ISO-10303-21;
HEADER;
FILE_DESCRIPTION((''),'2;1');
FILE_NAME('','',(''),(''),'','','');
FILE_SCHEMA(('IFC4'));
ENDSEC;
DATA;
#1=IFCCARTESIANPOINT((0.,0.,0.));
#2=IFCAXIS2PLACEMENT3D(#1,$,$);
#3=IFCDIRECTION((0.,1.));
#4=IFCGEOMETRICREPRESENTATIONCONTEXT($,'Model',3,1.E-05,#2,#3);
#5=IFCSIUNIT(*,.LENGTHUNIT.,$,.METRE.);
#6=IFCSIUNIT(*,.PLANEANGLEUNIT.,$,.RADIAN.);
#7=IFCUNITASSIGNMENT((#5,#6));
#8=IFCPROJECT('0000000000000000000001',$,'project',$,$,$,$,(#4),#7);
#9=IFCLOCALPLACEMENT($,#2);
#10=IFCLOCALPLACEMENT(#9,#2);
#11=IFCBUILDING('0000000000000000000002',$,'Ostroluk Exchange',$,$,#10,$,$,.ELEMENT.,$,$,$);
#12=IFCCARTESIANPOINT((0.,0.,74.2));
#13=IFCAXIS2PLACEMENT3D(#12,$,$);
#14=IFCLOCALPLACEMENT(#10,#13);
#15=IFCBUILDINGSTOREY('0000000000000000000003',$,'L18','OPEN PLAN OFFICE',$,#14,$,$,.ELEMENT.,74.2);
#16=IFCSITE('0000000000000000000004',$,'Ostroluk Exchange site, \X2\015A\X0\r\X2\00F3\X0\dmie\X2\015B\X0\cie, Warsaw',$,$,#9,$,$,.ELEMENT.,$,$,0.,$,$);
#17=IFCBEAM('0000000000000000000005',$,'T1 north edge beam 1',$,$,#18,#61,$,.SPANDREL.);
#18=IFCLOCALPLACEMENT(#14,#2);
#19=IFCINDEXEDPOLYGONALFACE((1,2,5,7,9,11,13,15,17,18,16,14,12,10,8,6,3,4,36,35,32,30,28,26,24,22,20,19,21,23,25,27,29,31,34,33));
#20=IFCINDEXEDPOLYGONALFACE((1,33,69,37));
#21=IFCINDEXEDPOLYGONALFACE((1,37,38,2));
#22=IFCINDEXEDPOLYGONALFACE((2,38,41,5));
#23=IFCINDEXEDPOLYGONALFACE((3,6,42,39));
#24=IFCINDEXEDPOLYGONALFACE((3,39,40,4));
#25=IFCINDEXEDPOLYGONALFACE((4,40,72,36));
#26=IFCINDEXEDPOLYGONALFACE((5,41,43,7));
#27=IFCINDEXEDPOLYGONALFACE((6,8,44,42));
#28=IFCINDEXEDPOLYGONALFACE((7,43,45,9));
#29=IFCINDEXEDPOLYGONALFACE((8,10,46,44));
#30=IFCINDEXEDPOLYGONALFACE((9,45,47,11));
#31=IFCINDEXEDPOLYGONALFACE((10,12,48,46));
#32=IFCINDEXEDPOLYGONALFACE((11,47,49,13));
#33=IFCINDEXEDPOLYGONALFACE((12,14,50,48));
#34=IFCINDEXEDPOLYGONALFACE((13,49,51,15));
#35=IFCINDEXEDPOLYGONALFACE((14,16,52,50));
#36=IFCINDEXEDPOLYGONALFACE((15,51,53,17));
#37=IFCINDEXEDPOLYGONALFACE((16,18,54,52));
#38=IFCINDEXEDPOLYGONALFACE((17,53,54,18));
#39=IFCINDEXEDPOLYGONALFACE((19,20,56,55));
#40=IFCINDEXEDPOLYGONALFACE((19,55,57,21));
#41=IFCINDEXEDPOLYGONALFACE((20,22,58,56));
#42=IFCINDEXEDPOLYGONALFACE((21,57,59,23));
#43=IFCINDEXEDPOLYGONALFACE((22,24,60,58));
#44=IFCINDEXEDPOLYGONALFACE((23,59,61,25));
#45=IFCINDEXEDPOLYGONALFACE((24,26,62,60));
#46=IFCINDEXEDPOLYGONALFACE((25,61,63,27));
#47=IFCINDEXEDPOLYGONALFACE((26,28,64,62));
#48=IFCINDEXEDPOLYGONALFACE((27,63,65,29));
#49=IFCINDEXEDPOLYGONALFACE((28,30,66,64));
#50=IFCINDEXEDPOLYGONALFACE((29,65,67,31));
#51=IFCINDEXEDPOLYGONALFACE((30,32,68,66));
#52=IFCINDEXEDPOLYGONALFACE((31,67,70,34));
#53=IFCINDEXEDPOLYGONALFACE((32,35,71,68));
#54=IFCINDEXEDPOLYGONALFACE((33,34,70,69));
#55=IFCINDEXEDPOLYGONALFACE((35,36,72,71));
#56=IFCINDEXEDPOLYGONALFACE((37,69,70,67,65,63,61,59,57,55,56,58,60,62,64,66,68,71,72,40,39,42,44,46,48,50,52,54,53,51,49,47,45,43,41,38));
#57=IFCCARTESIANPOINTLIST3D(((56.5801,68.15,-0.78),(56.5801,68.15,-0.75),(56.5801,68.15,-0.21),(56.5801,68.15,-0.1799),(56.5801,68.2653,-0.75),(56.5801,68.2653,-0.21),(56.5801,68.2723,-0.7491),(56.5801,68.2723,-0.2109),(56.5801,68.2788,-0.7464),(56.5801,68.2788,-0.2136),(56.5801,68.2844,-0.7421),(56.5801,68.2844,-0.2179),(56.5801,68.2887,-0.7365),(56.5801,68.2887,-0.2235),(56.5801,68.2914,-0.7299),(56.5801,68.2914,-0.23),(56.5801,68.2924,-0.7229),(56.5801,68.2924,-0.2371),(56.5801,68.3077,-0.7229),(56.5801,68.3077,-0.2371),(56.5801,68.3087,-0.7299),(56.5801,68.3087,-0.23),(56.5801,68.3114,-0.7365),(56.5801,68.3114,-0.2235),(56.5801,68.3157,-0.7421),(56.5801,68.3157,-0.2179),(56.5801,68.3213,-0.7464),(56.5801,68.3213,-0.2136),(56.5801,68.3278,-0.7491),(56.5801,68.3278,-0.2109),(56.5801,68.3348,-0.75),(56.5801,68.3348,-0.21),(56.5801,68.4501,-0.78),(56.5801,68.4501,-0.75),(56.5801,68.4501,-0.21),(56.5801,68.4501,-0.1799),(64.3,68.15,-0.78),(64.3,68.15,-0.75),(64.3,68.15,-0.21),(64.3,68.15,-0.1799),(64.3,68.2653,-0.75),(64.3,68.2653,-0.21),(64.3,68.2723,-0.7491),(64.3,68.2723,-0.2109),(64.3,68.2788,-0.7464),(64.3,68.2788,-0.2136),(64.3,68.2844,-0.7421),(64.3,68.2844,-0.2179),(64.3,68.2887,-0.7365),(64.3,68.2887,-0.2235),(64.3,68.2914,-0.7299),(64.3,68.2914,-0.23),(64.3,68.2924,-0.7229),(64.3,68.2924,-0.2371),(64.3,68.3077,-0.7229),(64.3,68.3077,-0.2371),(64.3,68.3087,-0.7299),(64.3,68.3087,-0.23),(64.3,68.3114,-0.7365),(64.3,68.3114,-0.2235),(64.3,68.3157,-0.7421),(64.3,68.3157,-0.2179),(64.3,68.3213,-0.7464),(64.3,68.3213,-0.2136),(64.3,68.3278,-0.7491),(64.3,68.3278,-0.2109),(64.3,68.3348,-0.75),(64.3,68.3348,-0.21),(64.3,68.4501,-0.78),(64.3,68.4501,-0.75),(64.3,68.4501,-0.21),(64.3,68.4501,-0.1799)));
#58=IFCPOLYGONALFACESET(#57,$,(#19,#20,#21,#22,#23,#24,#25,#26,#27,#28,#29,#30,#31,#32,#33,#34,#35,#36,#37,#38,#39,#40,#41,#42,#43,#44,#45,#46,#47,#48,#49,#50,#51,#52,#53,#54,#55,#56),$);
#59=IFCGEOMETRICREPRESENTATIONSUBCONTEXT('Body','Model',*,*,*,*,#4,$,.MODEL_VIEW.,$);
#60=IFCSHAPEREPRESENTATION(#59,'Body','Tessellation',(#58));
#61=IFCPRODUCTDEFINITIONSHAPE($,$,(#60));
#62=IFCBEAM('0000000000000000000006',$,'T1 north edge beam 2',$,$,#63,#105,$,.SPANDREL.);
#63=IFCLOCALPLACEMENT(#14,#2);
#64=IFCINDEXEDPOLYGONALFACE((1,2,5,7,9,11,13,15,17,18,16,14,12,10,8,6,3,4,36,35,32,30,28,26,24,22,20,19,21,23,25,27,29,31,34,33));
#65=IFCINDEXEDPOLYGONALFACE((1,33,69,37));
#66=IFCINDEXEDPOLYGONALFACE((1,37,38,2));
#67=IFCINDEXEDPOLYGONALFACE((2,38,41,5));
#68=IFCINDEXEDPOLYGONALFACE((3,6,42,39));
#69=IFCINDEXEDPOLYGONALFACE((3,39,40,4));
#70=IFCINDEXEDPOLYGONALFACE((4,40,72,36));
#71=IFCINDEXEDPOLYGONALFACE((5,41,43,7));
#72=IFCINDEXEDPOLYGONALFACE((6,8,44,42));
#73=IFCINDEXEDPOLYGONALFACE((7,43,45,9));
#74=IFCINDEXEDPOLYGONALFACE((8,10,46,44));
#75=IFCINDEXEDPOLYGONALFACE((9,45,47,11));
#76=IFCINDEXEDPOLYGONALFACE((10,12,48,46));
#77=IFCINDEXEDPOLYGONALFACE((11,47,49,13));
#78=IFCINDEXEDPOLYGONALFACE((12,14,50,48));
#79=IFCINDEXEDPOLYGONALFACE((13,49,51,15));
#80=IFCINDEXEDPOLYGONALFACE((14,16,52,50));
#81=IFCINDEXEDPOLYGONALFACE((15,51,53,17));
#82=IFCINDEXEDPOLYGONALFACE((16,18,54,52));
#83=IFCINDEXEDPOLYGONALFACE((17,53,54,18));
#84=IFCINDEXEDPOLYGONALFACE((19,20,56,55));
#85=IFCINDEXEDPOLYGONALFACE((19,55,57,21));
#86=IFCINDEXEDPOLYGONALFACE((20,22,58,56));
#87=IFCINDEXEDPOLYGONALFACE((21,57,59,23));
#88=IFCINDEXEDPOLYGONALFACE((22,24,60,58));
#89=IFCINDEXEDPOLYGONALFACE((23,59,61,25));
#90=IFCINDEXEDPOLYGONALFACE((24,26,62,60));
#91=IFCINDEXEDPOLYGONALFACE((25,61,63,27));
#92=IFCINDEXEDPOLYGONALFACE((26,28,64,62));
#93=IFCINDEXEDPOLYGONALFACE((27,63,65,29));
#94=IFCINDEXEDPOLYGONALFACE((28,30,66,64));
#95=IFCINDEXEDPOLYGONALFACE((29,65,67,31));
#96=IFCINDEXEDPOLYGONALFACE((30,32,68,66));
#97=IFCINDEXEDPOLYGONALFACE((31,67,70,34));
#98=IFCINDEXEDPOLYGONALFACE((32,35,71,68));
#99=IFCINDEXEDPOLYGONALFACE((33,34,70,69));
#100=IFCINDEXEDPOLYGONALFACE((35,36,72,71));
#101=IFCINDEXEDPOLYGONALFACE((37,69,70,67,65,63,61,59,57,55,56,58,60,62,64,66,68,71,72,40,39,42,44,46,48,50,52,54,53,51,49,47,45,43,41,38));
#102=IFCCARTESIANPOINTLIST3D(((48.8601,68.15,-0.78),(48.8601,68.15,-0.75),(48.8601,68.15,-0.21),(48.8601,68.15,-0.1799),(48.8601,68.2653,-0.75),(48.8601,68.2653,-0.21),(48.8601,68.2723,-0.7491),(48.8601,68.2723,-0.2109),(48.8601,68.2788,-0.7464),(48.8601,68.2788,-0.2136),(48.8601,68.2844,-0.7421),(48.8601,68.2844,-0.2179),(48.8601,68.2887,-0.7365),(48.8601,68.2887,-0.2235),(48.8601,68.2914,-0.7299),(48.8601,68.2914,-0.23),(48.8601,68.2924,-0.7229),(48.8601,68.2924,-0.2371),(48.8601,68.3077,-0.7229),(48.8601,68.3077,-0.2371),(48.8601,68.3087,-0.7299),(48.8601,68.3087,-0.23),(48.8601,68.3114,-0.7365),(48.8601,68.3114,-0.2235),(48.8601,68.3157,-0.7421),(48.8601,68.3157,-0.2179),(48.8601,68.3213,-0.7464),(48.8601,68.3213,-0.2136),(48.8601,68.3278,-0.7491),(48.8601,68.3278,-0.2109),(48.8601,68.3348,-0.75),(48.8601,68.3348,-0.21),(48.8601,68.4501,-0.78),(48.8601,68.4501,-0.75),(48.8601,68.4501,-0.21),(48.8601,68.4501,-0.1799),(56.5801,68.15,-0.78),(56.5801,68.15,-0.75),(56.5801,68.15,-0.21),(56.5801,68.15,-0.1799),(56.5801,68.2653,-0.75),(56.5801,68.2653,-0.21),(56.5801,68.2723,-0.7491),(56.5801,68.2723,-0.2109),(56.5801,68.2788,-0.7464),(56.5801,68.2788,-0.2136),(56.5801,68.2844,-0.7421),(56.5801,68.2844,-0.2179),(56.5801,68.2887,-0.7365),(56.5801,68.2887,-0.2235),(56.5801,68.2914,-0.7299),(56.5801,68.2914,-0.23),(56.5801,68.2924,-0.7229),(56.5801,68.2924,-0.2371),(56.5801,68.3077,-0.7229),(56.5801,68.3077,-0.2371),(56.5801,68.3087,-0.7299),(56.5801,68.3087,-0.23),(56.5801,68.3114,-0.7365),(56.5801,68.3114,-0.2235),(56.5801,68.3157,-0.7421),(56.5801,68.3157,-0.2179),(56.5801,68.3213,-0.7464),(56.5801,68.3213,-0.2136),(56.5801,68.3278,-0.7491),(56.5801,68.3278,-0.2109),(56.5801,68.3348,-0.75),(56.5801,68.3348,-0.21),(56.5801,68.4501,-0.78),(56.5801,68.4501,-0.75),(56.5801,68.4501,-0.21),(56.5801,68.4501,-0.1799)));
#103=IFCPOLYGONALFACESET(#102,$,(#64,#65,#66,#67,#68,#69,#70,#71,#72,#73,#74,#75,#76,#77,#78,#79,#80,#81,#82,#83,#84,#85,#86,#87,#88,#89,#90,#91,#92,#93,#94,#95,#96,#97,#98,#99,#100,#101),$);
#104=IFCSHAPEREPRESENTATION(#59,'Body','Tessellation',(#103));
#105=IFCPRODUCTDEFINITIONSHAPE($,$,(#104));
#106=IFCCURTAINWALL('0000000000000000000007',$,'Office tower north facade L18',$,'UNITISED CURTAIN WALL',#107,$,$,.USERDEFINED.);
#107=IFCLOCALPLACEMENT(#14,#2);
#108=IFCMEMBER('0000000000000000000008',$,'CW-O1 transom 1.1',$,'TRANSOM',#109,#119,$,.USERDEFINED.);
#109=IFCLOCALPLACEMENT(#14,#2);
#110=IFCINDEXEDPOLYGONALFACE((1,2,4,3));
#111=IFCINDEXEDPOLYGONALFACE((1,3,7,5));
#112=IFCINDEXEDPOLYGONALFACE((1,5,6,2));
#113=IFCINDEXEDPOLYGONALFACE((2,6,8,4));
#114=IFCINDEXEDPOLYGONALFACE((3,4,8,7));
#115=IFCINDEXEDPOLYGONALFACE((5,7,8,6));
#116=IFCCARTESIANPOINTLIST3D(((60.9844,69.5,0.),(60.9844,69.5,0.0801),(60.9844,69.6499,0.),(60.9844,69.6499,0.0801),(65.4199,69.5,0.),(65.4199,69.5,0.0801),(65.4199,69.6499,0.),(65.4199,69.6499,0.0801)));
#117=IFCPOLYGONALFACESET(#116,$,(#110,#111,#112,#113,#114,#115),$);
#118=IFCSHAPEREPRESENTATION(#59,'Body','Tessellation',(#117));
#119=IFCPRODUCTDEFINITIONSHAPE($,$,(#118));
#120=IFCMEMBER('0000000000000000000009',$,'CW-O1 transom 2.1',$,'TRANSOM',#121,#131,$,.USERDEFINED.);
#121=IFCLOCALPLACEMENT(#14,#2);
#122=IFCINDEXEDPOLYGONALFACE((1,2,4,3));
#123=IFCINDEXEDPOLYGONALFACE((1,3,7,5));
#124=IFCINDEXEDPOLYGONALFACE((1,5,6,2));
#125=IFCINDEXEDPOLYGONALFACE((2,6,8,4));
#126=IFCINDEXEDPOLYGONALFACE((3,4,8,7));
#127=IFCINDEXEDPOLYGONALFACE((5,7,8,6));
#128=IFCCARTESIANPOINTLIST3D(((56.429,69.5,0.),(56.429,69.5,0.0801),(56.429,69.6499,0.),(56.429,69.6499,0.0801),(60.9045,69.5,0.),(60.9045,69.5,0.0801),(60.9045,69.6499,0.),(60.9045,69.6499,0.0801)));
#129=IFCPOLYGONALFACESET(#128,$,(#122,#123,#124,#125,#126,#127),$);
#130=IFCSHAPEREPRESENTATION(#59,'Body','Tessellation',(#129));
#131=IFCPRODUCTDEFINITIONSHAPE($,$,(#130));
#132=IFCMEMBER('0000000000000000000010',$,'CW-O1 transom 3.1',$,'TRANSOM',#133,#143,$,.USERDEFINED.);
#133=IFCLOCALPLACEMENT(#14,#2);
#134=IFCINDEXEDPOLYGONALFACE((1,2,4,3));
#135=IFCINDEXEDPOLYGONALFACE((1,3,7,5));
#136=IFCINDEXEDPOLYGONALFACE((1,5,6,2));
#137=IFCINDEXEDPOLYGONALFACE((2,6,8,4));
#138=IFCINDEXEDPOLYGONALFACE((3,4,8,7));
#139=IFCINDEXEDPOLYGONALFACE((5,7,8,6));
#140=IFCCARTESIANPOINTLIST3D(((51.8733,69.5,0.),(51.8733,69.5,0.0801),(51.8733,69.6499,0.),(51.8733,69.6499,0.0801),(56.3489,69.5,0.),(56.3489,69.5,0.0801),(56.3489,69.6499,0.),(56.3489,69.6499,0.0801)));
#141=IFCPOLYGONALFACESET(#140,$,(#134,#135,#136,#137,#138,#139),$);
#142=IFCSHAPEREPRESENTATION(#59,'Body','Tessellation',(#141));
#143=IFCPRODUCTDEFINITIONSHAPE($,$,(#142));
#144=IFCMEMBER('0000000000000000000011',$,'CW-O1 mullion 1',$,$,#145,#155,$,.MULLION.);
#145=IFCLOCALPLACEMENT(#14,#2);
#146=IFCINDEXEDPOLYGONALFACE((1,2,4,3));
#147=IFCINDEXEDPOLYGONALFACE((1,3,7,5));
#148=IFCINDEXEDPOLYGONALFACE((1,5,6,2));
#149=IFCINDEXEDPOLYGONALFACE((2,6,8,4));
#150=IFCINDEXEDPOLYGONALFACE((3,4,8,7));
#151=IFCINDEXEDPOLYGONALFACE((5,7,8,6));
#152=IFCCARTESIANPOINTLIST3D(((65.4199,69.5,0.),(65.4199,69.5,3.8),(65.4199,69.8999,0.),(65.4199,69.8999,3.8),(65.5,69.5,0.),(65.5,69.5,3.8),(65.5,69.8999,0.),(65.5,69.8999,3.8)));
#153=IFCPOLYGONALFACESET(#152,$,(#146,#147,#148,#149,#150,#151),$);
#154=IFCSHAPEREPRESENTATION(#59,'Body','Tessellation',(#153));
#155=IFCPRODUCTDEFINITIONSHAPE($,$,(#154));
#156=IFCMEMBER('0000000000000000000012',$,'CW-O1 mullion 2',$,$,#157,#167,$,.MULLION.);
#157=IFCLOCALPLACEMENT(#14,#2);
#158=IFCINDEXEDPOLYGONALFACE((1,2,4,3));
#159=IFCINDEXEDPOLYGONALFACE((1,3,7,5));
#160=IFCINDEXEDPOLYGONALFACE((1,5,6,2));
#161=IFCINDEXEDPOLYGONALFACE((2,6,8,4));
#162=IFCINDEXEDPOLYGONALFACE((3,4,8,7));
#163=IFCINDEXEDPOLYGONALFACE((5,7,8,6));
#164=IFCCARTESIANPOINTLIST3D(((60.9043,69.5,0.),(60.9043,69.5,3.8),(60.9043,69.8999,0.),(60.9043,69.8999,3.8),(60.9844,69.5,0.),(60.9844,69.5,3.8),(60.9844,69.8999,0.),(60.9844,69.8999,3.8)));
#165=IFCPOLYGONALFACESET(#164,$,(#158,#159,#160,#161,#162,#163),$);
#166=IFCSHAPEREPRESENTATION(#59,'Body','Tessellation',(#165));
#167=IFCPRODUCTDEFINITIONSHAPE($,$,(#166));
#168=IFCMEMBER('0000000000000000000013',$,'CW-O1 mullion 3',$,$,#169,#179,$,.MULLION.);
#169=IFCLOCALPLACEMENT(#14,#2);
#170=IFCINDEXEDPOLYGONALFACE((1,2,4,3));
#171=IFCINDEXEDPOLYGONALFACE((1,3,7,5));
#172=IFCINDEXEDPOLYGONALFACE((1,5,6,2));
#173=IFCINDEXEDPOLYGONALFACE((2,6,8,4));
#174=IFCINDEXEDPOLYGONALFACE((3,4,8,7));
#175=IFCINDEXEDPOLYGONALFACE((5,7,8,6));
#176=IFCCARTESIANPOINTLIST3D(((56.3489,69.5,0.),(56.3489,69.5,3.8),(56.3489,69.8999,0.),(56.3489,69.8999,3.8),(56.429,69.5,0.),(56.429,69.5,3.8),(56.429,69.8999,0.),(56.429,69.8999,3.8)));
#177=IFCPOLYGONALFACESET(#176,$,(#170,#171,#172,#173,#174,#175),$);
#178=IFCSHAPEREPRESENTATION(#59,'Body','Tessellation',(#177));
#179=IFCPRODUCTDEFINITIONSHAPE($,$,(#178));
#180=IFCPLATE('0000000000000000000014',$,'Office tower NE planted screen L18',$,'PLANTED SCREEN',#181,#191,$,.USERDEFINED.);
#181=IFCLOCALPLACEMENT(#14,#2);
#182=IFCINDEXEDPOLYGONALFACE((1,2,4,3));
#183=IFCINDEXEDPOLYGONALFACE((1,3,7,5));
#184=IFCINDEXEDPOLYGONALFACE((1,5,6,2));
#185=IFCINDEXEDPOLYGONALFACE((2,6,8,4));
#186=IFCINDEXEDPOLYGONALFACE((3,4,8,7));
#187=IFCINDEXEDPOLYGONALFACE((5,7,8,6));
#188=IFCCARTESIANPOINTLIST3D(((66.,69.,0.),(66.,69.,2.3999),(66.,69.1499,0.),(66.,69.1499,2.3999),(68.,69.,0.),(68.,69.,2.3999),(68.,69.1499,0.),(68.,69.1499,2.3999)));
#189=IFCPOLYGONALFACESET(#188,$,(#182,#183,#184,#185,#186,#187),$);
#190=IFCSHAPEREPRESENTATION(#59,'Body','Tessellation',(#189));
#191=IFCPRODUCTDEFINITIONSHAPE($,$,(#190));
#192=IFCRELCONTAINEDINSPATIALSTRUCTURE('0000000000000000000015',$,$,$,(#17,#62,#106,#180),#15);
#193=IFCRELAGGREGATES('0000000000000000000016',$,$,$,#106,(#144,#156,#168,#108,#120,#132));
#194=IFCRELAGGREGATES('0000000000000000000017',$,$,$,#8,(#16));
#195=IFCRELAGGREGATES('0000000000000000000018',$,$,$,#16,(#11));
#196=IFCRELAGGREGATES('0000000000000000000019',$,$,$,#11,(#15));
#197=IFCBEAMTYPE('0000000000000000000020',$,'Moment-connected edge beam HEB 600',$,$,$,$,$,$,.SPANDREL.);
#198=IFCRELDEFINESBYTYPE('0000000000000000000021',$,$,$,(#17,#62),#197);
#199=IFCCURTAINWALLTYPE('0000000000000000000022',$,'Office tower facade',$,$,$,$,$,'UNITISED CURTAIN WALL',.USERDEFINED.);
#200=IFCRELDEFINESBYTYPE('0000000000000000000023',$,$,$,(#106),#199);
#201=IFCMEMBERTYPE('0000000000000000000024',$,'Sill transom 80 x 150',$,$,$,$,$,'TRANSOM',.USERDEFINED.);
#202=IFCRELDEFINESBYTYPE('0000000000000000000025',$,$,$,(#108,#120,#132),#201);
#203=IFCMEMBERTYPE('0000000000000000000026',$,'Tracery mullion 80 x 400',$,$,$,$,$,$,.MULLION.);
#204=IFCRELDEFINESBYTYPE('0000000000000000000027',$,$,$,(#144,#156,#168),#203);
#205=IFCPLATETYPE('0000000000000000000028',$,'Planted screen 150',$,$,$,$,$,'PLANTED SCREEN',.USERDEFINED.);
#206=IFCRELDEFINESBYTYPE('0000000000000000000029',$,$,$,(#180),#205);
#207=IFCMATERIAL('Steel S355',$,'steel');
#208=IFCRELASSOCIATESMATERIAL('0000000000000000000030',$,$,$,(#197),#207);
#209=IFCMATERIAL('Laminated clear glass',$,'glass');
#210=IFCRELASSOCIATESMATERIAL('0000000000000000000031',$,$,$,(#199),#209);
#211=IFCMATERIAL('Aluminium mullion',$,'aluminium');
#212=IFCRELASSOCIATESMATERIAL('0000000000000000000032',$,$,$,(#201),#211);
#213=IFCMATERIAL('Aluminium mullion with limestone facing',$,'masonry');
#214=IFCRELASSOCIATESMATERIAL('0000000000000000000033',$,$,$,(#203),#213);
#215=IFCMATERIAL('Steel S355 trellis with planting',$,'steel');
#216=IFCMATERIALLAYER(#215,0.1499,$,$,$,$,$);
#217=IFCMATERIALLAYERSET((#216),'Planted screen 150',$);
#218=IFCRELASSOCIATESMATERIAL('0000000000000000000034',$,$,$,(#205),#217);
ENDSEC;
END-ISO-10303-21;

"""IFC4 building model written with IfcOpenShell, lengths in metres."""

from ifc_helpers import new_model, si_unit, direction, frame, origin, origin_2d, place, context, subcontext, project, spatial, rectangle, i_section, extrude, material, layer, layer_set, material_profile, profile_set, type_object, element, aggregate, save


model = new_model("IFC4")

# Units and contexts
model_context = context("Model", 3, precision=1e-05, world=origin(), true_north=direction((0.0, 1.0)))
body_context = subcontext(model_context, "Body", "Model", "MODEL_VIEW")
ifc_project = project(units=[si_unit("LENGTHUNIT", "METRE"), si_unit("PLANEANGLEUNIT", "RADIAN")], contexts=[model_context])

# Site, building, storey
site_placement = place(None, origin())
site = spatial("IfcSite", under=ifc_project, at=site_placement, Name="Ostroluk Exchange site, Śródmieście, Warsaw", CompositionType="ELEMENT", RefElevation=0.0)
building_placement = place(site_placement, origin())
building = spatial("IfcBuilding", under=site, at=building_placement, Name="Ostroluk Exchange", CompositionType="ELEMENT")
storey_placement = place(building_placement, frame((0.0, 0.0, 74.2)))
storey = spatial("IfcBuildingStorey", under=building, at=storey_placement, Name="L18", Description="OPEN PLAN OFFICE", CompositionType="ELEMENT", Elevation=74.2)

# Beams
ifc_material_1 = material(Name="Steel S355", Category="steel")
ifc_material_profile_1 = material_profile(ifc_material_1, i_section(OverallWidth=0.3, OverallDepth=0.6001, WebThickness=0.0154, FlangeThickness=0.03, FilletRadius=0.0271, at=origin_2d()), Name="HEB 600")
ifc_profile_set_1 = profile_set([ifc_material_profile_1], Name="Steel S355")
beam_type_1 = type_object("IfcBeamType", Name="Moment-connected edge beam HEB 600", PredefinedType="SPANDREL", material=ifc_profile_set_1)
for number, where, z_axis, x_axis, name in (
    (1, (64.3, 68.3, -0.48), (-1.0, 0.0, 0.0), (0.0, -1.0, 0.0), "T1 north edge beam 1"),
    (2, (56.5801, 68.3, -0.48), (-1.0, 0.0, 0.0), (0.0, -1.0, 0.0), "T1 north edge beam 2"),
):
    element("IfcBeam", number, at=place(storey_placement, frame(where, z_axis=z_axis, x_axis=x_axis)), inside=storey, type_object=beam_type_1, Name=name, PredefinedType="SPANDREL", context=body_context, shape_type="SweptSolid", body=[
        extrude(i_section(OverallWidth=0.3, OverallDepth=0.6001, WebThickness=0.0154, FlangeThickness=0.03, FilletRadius=0.0271, at=origin_2d()), origin(), (0.0, 0.0, 1.0), 7.72),
    ])

# Curtain wall, members
ifc_material_2 = material(Name="Laminated clear glass", Category="glass")
curtain_wall_type = type_object("IfcCurtainWallType", Name="Office tower facade", ElementType="UNITISED CURTAIN WALL", PredefinedType="USERDEFINED", material=ifc_material_2)
curtain_wall_placement = place(storey_placement, origin())
curtain_wall = element("IfcCurtainWall", 3, at=curtain_wall_placement, inside=storey, type_object=curtain_wall_type, Name="Office tower north facade L18", ObjectType="UNITISED CURTAIN WALL", PredefinedType="USERDEFINED")
ifc_material_3 = material(Name="Aluminium mullion", Category="aluminium")
ifc_material_profile_2 = material_profile(ifc_material_3, rectangle(XDim=0.1499, YDim=0.0801, at=origin_2d()), Name="Sill transom 80 x 150")
ifc_profile_set_2 = profile_set([ifc_material_profile_2], Name="Aluminium mullion")
member_type_1 = type_object("IfcMemberType", Name="Sill transom 80 x 150", ElementType="TRANSOM", PredefinedType="USERDEFINED", material=ifc_profile_set_2)
member_1_placement = place(storey_placement, frame((65.4199, 69.575, 0.04), z_axis=(-1.0, 0.0, 0.0), x_axis=(0.0, -1.0, 0.0)))
member_1 = element("IfcMember", 4, at=member_1_placement, type_object=member_type_1, Name="CW-O1 transom 1.1", ObjectType="TRANSOM", PredefinedType="USERDEFINED", context=body_context, shape_type="SweptSolid", body=[
    extrude(rectangle(XDim=0.1499, YDim=0.0801, at=origin_2d()), origin(), (0.0, 0.0, 1.0), 4.4355),
])
member_2_placement = place(storey_placement, frame((60.9045, 69.575, 0.04), z_axis=(-1.0, 0.0, 0.0), x_axis=(0.0, -1.0, 0.0)))
member_2 = element("IfcMember", 5, at=member_2_placement, type_object=member_type_1, Name="CW-O1 transom 2.1", ObjectType="TRANSOM", PredefinedType="USERDEFINED", context=body_context, shape_type="SweptSolid", body=[
    extrude(rectangle(XDim=0.1499, YDim=0.0801, at=origin_2d()), origin(), (0.0, 0.0, 1.0), 4.4756),
])
member_3_placement = place(storey_placement, frame((56.3489, 69.575, 0.04), z_axis=(-1.0, 0.0, 0.0), x_axis=(0.0, -1.0, 0.0)))
member_3 = element("IfcMember", 6, at=member_3_placement, type_object=member_type_1, Name="CW-O1 transom 3.1", ObjectType="TRANSOM", PredefinedType="USERDEFINED", context=body_context, shape_type="SweptSolid", body=[
    extrude(rectangle(XDim=0.1499, YDim=0.0801, at=origin_2d()), origin(), (0.0, 0.0, 1.0), 4.4756),
])
ifc_material_4 = material(Name="Aluminium mullion with limestone facing", Category="masonry")
ifc_material_profile_3 = material_profile(ifc_material_4, rectangle(XDim=0.3999, YDim=0.0801, at=origin_2d()), Name="Tracery mullion 80 x 400")
ifc_profile_set_3 = profile_set([ifc_material_profile_3], Name="Aluminium mullion with limestone facing")
member_type_2 = type_object("IfcMemberType", Name="Tracery mullion 80 x 400", PredefinedType="MULLION", material=ifc_profile_set_3)
member_4_placement = place(storey_placement, frame((65.46, 69.7, 0.0), z_axis=(0.0, 0.0, 1.0), x_axis=(0.0, -1.0, 0.0)))
member_4 = element("IfcMember", 7, at=member_4_placement, type_object=member_type_2, Name="CW-O1 mullion 1", PredefinedType="MULLION", context=body_context, shape_type="SweptSolid", body=[
    extrude(rectangle(XDim=0.3999, YDim=0.0801, at=origin_2d()), origin(), (0.0, 0.0, 1.0), 3.8),
])
member_5_placement = place(storey_placement, frame((60.9443, 69.7, 0.0), z_axis=(0.0, 0.0, 1.0), x_axis=(0.0, -1.0, 0.0)))
member_5 = element("IfcMember", 8, at=member_5_placement, type_object=member_type_2, Name="CW-O1 mullion 2", PredefinedType="MULLION", context=body_context, shape_type="SweptSolid", body=[
    extrude(rectangle(XDim=0.3999, YDim=0.0801, at=origin_2d()), origin(), (0.0, 0.0, 1.0), 3.8),
])
member_6_placement = place(storey_placement, frame((56.3889, 69.7, 0.0), z_axis=(0.0, 0.0, 1.0), x_axis=(0.0, -1.0, 0.0)))
member_6 = element("IfcMember", 9, at=member_6_placement, type_object=member_type_2, Name="CW-O1 mullion 3", PredefinedType="MULLION", context=body_context, shape_type="SweptSolid", body=[
    extrude(rectangle(XDim=0.3999, YDim=0.0801, at=origin_2d()), origin(), (0.0, 0.0, 1.0), 3.8),
])

# Plate
ifc_material_5 = material(Name="Steel S355 trellis with planting", Category="steel")
ifc_layer_1 = layer(ifc_material_5, 0.1499)
ifc_layer_set_1 = layer_set([ifc_layer_1], Name="Planted screen 150")
plate_type_1 = type_object("IfcPlateType", Name="Planted screen 150", ElementType="PLANTED SCREEN", PredefinedType="USERDEFINED", material=ifc_layer_set_1)
plate_1_placement = place(storey_placement, frame((67.0, 69.075, 0.0), z_axis=(0.0, 0.0, 1.0), x_axis=(1.0, 0.0, 0.0)))
element("IfcPlate", 10, at=plate_1_placement, inside=storey, type_object=plate_type_1, Name="Office tower NE planted screen L18", ObjectType="PLANTED SCREEN", PredefinedType="USERDEFINED", context=body_context, shape_type="SweptSolid", body=[
    extrude(rectangle(XDim=2.0, YDim=0.1499, at=origin_2d()), origin(), (0.0, 0.0, 1.0), 2.3999),
])
aggregate(curtain_wall, [member_4, member_5, member_6, member_1, member_2, member_3])

save(model, "model.ifc")
